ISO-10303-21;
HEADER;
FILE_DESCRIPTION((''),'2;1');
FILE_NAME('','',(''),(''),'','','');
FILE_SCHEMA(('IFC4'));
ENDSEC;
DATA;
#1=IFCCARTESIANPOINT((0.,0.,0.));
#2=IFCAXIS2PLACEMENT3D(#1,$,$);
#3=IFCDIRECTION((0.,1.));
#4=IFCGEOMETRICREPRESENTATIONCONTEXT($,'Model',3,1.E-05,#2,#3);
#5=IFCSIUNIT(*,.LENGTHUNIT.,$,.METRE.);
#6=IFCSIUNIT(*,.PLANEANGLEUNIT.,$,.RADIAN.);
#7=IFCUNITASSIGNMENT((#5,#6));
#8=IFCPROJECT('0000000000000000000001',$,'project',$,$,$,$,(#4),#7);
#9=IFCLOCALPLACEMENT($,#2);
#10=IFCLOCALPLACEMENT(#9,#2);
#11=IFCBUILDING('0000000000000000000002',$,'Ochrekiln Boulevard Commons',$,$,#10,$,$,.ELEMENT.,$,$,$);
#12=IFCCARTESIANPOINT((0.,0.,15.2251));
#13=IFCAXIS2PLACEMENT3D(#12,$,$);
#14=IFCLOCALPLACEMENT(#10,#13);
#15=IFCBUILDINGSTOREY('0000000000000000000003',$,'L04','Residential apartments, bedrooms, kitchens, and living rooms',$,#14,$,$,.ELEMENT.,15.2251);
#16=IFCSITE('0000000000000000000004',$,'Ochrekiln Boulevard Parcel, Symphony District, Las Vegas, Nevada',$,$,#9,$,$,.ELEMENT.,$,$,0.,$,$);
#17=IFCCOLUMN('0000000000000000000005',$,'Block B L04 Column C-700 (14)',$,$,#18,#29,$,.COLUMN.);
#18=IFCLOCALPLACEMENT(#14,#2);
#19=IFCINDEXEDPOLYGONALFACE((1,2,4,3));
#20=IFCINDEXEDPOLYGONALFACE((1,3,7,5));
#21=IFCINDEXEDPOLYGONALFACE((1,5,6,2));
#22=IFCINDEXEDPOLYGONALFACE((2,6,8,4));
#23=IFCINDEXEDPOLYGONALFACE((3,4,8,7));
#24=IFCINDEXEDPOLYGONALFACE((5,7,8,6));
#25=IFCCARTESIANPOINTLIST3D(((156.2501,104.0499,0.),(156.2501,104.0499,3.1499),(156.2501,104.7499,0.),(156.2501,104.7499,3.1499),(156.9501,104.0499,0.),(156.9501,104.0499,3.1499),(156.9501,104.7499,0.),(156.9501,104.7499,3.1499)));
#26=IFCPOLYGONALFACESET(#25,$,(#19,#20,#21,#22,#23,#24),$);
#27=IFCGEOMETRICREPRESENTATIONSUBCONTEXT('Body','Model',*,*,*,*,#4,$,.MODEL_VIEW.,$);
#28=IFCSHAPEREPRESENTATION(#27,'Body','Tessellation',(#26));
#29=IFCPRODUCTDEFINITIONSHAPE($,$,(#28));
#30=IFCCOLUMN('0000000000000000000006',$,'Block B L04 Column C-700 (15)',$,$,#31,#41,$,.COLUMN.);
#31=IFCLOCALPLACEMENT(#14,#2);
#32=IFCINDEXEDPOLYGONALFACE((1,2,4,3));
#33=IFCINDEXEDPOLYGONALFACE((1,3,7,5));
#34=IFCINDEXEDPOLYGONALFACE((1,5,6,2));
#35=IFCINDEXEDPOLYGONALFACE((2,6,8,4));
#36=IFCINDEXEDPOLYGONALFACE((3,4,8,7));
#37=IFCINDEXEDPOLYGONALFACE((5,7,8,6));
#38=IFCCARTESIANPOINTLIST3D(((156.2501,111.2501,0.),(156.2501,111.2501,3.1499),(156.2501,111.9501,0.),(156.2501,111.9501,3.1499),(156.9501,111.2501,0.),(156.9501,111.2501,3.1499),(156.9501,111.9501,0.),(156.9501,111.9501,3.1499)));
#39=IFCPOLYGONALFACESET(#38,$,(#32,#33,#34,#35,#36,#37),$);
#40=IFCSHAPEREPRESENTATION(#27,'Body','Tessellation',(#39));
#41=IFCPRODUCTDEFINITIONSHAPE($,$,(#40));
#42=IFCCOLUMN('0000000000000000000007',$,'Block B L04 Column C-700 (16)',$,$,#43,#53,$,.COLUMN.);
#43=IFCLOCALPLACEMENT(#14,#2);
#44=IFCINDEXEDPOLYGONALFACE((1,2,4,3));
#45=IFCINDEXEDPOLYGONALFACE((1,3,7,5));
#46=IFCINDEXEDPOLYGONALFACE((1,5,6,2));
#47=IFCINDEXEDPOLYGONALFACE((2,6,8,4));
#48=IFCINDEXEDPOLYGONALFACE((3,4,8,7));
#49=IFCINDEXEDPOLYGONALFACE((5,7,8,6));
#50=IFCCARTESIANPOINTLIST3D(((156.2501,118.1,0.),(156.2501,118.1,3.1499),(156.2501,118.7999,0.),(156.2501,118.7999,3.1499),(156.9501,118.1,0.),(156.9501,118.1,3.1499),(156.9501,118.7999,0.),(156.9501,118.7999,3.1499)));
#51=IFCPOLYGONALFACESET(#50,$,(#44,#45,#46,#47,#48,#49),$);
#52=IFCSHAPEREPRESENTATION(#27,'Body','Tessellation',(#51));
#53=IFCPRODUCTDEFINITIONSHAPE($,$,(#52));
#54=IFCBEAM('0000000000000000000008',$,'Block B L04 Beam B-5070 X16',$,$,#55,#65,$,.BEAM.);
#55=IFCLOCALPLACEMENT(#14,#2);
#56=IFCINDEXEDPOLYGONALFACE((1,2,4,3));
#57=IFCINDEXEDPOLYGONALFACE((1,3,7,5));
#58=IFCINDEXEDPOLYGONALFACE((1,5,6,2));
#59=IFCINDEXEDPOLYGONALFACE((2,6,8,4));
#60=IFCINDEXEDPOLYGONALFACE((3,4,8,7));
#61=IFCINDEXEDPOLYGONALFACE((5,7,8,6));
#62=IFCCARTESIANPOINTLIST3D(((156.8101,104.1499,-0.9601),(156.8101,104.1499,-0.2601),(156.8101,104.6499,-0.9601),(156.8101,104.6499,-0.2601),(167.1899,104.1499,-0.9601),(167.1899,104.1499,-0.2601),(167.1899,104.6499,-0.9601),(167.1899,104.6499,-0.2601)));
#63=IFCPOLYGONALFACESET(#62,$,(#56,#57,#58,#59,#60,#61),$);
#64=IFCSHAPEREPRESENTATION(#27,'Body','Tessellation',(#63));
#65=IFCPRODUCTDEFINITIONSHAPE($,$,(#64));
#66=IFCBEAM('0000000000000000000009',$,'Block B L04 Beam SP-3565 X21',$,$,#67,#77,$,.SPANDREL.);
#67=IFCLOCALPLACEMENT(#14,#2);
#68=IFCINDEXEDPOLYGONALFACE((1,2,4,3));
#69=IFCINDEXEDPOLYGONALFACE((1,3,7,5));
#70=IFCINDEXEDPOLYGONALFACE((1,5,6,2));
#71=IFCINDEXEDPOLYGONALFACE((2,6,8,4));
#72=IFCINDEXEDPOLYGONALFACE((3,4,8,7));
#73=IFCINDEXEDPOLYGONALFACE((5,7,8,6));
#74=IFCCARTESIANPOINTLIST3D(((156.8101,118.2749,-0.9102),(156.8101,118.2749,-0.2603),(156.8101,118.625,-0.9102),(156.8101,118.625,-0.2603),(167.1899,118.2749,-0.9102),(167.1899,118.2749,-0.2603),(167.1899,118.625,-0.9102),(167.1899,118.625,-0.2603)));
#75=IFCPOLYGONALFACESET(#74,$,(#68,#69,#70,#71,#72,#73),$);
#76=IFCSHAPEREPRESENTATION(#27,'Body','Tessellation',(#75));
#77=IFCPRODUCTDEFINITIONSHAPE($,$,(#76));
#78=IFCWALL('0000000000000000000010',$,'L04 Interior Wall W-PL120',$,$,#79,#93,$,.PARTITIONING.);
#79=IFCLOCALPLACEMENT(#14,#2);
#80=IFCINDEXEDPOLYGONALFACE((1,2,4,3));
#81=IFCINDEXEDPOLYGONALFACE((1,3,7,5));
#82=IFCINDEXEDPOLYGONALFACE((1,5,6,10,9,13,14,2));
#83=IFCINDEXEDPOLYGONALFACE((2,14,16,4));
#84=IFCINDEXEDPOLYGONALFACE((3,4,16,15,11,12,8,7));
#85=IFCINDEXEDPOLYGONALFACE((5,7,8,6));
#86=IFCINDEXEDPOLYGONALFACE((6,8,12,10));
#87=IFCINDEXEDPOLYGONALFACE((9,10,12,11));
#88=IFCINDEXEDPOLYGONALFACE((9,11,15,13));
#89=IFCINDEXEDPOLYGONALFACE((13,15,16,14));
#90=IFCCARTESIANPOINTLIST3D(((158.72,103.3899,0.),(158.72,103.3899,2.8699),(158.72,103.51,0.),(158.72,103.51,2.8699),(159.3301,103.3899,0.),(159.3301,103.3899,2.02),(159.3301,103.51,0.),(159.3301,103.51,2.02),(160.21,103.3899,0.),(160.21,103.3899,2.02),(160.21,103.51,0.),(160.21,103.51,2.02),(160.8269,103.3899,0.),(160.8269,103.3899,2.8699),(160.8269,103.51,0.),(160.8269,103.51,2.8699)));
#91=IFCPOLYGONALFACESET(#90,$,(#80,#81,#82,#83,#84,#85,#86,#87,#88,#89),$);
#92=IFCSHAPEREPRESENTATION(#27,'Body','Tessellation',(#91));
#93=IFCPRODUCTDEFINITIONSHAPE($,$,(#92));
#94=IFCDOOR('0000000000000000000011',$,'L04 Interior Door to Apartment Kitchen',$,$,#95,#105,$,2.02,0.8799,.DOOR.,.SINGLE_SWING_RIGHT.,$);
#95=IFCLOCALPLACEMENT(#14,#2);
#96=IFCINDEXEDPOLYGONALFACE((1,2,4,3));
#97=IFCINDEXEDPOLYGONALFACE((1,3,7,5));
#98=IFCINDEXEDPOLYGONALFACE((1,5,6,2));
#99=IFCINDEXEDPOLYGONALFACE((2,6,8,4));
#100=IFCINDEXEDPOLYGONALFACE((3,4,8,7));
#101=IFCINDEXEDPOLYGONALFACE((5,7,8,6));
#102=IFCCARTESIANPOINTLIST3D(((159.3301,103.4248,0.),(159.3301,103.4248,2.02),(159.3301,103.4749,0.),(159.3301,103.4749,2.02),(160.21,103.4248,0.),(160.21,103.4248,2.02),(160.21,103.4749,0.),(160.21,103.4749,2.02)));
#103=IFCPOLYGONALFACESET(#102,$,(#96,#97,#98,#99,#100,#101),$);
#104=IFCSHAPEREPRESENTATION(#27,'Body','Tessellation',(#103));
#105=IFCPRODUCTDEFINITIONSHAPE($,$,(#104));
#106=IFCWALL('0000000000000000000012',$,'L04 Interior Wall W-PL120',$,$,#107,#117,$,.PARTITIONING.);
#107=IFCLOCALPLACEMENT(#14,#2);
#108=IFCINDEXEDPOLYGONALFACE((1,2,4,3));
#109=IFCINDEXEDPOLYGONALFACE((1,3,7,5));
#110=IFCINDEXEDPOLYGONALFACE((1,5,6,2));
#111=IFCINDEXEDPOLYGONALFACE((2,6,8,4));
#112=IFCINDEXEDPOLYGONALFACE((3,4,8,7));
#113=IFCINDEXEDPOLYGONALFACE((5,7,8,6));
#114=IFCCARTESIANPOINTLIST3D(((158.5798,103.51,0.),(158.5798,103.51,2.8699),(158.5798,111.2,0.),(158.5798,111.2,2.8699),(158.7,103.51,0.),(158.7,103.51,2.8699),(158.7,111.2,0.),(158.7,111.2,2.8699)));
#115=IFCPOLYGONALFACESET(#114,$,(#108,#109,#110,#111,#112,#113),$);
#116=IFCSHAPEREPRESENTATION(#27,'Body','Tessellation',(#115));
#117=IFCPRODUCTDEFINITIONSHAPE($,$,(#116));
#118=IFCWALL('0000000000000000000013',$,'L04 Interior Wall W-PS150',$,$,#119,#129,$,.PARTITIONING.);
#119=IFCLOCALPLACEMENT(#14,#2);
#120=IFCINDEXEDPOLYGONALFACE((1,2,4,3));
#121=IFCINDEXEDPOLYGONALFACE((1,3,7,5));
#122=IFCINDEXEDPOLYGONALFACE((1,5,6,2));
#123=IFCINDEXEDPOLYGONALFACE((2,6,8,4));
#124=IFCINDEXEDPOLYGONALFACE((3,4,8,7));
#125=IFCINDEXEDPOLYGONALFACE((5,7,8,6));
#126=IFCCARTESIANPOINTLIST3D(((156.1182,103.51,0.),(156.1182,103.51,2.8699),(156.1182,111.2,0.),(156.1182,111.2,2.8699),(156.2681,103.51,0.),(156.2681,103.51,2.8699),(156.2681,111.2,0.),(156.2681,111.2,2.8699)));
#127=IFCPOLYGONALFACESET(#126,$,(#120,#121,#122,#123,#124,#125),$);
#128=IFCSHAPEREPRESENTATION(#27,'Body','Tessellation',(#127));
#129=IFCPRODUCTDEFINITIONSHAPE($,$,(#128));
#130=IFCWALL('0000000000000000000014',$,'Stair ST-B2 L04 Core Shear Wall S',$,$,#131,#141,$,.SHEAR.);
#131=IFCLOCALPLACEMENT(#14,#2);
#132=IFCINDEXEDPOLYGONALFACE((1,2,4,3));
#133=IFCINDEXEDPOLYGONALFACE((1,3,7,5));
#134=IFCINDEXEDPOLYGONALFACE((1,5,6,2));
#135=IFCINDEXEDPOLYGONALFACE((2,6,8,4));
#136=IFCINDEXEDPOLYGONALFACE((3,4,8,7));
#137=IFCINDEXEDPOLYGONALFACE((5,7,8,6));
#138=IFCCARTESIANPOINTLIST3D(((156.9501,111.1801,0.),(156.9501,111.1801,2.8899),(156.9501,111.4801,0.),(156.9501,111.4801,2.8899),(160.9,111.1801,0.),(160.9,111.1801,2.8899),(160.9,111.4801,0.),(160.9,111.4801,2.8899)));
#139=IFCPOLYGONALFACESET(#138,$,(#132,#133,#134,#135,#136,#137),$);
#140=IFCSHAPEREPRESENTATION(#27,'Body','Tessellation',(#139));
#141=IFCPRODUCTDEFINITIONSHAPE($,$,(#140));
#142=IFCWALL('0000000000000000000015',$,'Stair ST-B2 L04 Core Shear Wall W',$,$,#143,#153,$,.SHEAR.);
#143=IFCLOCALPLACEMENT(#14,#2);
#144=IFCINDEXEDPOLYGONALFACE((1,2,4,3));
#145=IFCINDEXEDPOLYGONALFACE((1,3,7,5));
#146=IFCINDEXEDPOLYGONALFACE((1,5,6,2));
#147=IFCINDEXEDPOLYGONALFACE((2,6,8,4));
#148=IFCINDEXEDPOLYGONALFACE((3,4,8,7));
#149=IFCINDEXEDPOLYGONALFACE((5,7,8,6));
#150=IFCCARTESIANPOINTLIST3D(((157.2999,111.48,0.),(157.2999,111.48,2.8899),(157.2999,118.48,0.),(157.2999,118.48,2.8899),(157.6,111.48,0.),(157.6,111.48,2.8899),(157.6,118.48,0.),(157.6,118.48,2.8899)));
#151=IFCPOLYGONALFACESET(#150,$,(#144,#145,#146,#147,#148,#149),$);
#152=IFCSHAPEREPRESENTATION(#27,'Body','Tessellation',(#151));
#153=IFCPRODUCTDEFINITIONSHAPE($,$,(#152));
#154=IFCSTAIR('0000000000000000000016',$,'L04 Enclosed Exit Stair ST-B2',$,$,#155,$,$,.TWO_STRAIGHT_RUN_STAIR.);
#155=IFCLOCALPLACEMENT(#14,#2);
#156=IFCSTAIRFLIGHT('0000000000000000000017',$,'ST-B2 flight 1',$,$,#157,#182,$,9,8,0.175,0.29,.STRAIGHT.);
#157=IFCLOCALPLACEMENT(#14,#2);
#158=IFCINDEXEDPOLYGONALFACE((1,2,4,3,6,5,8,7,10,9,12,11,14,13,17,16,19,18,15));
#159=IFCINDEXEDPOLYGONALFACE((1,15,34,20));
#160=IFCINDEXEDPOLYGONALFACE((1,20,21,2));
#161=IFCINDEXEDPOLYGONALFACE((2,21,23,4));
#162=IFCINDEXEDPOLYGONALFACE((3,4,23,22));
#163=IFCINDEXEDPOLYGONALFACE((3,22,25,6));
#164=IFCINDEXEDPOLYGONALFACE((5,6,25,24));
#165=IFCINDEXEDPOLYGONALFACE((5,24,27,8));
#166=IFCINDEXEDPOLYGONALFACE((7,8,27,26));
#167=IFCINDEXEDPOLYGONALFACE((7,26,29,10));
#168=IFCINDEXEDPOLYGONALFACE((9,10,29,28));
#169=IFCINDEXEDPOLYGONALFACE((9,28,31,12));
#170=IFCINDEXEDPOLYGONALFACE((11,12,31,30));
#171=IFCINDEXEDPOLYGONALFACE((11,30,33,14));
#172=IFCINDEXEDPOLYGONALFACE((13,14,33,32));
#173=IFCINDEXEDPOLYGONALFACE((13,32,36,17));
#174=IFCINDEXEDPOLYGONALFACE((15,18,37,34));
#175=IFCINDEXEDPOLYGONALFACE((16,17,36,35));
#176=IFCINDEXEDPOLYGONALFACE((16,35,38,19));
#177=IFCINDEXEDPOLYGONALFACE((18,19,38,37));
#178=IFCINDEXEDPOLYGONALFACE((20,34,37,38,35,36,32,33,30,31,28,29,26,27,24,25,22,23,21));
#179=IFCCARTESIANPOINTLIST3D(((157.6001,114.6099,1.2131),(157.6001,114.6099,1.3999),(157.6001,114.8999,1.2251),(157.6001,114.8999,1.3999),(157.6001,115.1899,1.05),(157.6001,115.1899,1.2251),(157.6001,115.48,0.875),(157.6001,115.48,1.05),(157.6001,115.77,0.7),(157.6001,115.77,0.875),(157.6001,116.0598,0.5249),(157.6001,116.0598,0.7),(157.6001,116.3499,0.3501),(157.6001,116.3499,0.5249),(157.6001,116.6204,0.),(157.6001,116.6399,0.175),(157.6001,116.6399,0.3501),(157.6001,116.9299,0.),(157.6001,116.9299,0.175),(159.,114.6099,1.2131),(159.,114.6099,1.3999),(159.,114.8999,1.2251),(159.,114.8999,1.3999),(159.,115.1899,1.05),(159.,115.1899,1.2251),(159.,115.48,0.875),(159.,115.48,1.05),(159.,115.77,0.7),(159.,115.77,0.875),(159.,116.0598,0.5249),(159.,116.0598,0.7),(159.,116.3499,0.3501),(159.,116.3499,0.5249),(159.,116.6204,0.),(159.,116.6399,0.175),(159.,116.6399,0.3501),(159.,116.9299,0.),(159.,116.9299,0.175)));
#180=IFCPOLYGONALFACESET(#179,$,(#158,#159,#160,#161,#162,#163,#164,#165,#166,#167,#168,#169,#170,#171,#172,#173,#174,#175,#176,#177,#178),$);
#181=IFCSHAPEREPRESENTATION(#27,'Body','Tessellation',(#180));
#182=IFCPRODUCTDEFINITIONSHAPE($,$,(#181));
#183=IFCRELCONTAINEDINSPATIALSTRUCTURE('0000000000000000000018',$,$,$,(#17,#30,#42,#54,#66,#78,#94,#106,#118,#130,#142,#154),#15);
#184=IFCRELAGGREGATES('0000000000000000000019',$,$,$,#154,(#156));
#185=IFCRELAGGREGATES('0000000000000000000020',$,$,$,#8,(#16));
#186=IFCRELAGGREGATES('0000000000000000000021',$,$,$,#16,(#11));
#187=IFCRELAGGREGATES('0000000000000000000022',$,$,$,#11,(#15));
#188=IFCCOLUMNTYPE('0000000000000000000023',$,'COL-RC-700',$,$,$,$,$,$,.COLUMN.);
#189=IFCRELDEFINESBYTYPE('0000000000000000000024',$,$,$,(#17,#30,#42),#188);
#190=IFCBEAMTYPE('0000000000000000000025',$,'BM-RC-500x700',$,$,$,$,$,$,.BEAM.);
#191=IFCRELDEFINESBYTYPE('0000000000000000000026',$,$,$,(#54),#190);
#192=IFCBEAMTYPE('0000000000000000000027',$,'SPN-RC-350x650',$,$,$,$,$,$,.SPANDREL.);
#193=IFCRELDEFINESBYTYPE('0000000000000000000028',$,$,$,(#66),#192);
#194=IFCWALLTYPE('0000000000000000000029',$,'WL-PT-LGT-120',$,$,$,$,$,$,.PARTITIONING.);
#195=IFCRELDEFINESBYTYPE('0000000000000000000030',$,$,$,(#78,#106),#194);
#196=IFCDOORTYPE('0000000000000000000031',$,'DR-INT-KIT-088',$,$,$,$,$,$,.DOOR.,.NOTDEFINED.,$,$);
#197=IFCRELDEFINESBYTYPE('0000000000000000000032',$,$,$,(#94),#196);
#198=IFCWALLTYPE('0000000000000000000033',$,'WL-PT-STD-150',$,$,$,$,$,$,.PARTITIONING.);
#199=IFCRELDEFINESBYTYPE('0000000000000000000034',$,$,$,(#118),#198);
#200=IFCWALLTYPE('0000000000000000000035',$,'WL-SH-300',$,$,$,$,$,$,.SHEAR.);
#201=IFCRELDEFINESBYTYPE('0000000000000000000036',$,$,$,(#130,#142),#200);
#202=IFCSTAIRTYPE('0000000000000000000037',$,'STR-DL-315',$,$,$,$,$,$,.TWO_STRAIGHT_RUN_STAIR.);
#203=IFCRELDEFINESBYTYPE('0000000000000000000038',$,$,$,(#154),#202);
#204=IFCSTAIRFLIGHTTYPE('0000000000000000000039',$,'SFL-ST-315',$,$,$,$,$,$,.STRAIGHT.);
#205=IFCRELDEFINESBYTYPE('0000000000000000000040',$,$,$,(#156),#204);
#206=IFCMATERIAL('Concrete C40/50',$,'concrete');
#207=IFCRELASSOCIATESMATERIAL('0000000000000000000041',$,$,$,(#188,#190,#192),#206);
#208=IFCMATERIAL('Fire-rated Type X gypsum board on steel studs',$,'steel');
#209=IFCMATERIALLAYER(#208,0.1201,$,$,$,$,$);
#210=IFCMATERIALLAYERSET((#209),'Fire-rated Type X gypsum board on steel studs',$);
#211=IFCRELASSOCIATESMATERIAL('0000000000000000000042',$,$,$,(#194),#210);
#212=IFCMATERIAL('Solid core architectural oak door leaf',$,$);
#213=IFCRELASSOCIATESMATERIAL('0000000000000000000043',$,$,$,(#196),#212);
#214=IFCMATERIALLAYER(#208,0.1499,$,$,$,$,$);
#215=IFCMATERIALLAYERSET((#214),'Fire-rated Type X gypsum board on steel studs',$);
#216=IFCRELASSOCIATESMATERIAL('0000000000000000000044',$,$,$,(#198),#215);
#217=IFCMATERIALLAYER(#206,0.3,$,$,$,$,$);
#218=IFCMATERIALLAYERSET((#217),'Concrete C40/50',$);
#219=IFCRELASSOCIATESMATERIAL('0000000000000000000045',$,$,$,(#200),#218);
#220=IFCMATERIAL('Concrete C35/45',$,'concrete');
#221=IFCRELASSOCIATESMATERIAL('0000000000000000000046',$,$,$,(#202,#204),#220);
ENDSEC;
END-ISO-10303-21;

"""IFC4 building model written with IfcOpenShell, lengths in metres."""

from ifc_helpers import new_model, si_unit, direction, frame, frame_2d, origin, origin_2d, place, context, subcontext, project, spatial, polyline, rectangle, outline, extrude, material, layer, layer_set, material_profile, profile_set, type_object, element, fill, aggregate, save


model = new_model("IFC4")

# Units and contexts
model_context = context("Model", 3, precision=1e-05, world=origin(), true_north=direction((0.0, 1.0)))
body_context = subcontext(model_context, "Body", "Model", "MODEL_VIEW")
ifc_project = project(units=[si_unit("LENGTHUNIT", "METRE"), si_unit("PLANEANGLEUNIT", "RADIAN")], contexts=[model_context])

# Site, building, storey
site_placement = place(None, origin())
site = spatial("IfcSite", under=ifc_project, at=site_placement, Name="Ochrekiln Boulevard Parcel, Symphony District, Las Vegas, Nevada", CompositionType="ELEMENT", RefElevation=0.0)
building_placement = place(site_placement, origin())
building = spatial("IfcBuilding", under=site, at=building_placement, Name="Ochrekiln Boulevard Commons", CompositionType="ELEMENT")
storey_placement = place(building_placement, frame((0.0, 0.0, 15.2251)))
storey = spatial("IfcBuildingStorey", under=building, at=storey_placement, Name="L04", Description="Residential apartments, bedrooms, kitchens, and living rooms", CompositionType="ELEMENT", Elevation=15.2251)

# Columns
ifc_material_1 = material(Name="Concrete C40/50", Category="concrete")
ifc_material_profile_1 = material_profile(ifc_material_1, rectangle(XDim=0.7, YDim=0.7, at=origin_2d()), Name="RC-COL-700x700")
ifc_profile_set_1 = profile_set([ifc_material_profile_1], Name="Concrete C40/50")
column_type = type_object("IfcColumnType", Name="COL-RC-700", PredefinedType="COLUMN", material=ifc_profile_set_1)
for number, where, z_axis, x_axis, name in (
    (1, (156.6001, 104.3999, 0.0), (0.0, 0.0, 1.0), (1.0, 0.0, 0.0), "Block B L04 Column C-700 (14)"),
    (2, (156.6001, 111.6001, 0.0), (0.0, 0.0, 1.0), (1.0, 0.0, 0.0), "Block B L04 Column C-700 (15)"),
    (3, (156.6001, 118.45, 0.0), (0.0, 0.0, 1.0), (1.0, 0.0, 0.0), "Block B L04 Column C-700 (16)"),
):
    element("IfcColumn", number, at=place(storey_placement, frame(where, z_axis=z_axis, x_axis=x_axis)), inside=storey, type_object=column_type, Name=name, PredefinedType="COLUMN", context=body_context, shape_type="SweptSolid", body=[
        extrude(rectangle(XDim=0.7, YDim=0.7, at=origin_2d()), origin(), (0.0, 0.0, 1.0), 3.1499),
    ])

# Beams
ifc_material_profile_2 = material_profile(ifc_material_1, rectangle(XDim=0.5, YDim=0.7, at=origin_2d()), Name="RC-BM-500x700")
ifc_profile_set_2 = profile_set([ifc_material_profile_2], Name="Concrete C40/50")
beam_type_1 = type_object("IfcBeamType", Name="BM-RC-500x700", PredefinedType="BEAM", material=ifc_profile_set_2)
beam_1_placement = place(storey_placement, frame((156.8101, 104.3999, -0.6101), z_axis=(1.0, 0.0, 0.0), x_axis=(0.0, 1.0, 0.0)))
element("IfcBeam", 4, at=beam_1_placement, inside=storey, type_object=beam_type_1, Name="Block B L04 Beam B-5070 X16", PredefinedType="BEAM", context=body_context, shape_type="SweptSolid", body=[
    extrude(rectangle(XDim=0.5, YDim=0.7, at=origin_2d()), origin(), (0.0, 0.0, 1.0), 10.3799),
])
ifc_material_profile_3 = material_profile(ifc_material_1, rectangle(XDim=0.3501, YDim=0.6499, at=origin_2d()), Name="RC-SPN-350x650")
ifc_profile_set_3 = profile_set([ifc_material_profile_3], Name="Concrete C40/50")
beam_type_2 = type_object("IfcBeamType", Name="SPN-RC-350x650", PredefinedType="SPANDREL", material=ifc_profile_set_3)
beam_2_placement = place(storey_placement, frame((156.8101, 118.45, -0.5852), z_axis=(1.0, 0.0, 0.0), x_axis=(0.0, 1.0, 0.0)))
element("IfcBeam", 5, at=beam_2_placement, inside=storey, type_object=beam_type_2, Name="Block B L04 Beam SP-3565 X21", PredefinedType="SPANDREL", context=body_context, shape_type="SweptSolid", body=[
    extrude(rectangle(XDim=0.3501, YDim=0.6499, at=origin_2d()), origin(), (0.0, 0.0, 1.0), 10.3799),
])

# Wall, opening, door
ifc_material_2 = material(Name="Fire-rated Type X gypsum board on steel studs", Category="steel")
ifc_layer_1 = layer(ifc_material_2, 0.1201)
ifc_layer_set_1 = layer_set([ifc_layer_1], Name="Fire-rated Type X gypsum board on steel studs")
wall_type_1 = type_object("IfcWallType", Name="WL-PT-LGT-120", PredefinedType="PARTITIONING", material=ifc_layer_set_1)
wall_1_placement = place(storey_placement, frame((158.72, 103.45, 0.0), z_axis=(0.0, 0.0, 1.0), x_axis=(1.0, 0.0, 0.0)))
wall_1 = element("IfcWall", 6, at=wall_1_placement, inside=storey, type_object=wall_type_1, Name="L04 Interior Wall W-PL120", PredefinedType="PARTITIONING", context=body_context, shape_type="SweptSolid", body=[
    extrude(rectangle(XDim=2.1069, YDim=0.1201, at=frame_2d((1.0535, 0.0))), origin(), (0.0, 0.0, 1.0), 2.8699),
])
opening_placement = place(wall_1_placement, frame((0.6101, 0.0, 0.0)))
opening = element("IfcOpeningElement", 7, at=opening_placement, cuts=wall_1, PredefinedType="OPENING", context=body_context, shape_type="SweptSolid", body=[
    extrude(rectangle(XDim=0.8799, YDim=2.02, at=frame_2d((0.4399, 1.01))), frame((0.0, 0.0701, 0.0), z_axis=(0.0, -1.0, 0.0), x_axis=(1.0, 0.0, 0.0)), (0.0, 0.0, 1.0), 0.1401),
])
ifc_material_3 = material(Name="Solid core architectural oak door leaf")
door_type = type_object("IfcDoorType", Name="DR-INT-KIT-088", OperationType="NOTDEFINED", PredefinedType="DOOR", material=ifc_material_3)
door_placement = place(opening_placement, origin())
door = element("IfcDoor", 8, at=door_placement, inside=storey, type_object=door_type, Name="L04 Interior Door to Apartment Kitchen", OperationType="SINGLE_SWING_RIGHT", OverallHeight=2.02, OverallWidth=0.8799, PredefinedType="DOOR", context=body_context, shape_type="SweptSolid", body=[
    extrude(rectangle(XDim=0.8799, YDim=2.02, at=frame_2d((0.4399, 1.01))), frame((0.0, 0.0249, 0.0), z_axis=(0.0, -1.0, 0.0), x_axis=(1.0, 0.0, 0.0)), (0.0, 0.0, 1.0), 0.05),
])
fill(opening, door)

# Walls
wall_2_placement = place(storey_placement, frame((158.6399, 103.51, 0.0), z_axis=(0.0, 0.0, 1.0), x_axis=(0.0, 1.0, 0.0)))
element("IfcWall", 9, at=wall_2_placement, inside=storey, type_object=wall_type_1, Name="L04 Interior Wall W-PL120", PredefinedType="PARTITIONING", context=body_context, shape_type="SweptSolid", body=[
    extrude(rectangle(XDim=7.6899, YDim=0.1201, at=frame_2d((3.845, 0.0))), origin(), (0.0, 0.0, 1.0), 2.8699),
])
ifc_layer_2 = layer(ifc_material_2, 0.1499)
ifc_layer_set_2 = layer_set([ifc_layer_2], Name="Fire-rated Type X gypsum board on steel studs")
wall_type_2 = type_object("IfcWallType", Name="WL-PT-STD-150", PredefinedType="PARTITIONING", material=ifc_layer_set_2)
wall_3_placement = place(storey_placement, frame((156.1931, 103.51, 0.0), z_axis=(0.0, 0.0, 1.0), x_axis=(0.0, 1.0, 0.0)))
element("IfcWall", 10, at=wall_3_placement, inside=storey, type_object=wall_type_2, Name="L04 Interior Wall W-PS150", PredefinedType="PARTITIONING", context=body_context, shape_type="SweptSolid", body=[
    extrude(rectangle(XDim=7.6899, YDim=0.1499, at=frame_2d((3.845, 0.0))), origin(), (0.0, 0.0, 1.0), 2.8699),
])
ifc_layer_3 = layer(ifc_material_1, 0.3)
ifc_layer_set_3 = layer_set([ifc_layer_3], Name="Concrete C40/50")
wall_type_3 = type_object("IfcWallType", Name="WL-SH-300", PredefinedType="SHEAR", material=ifc_layer_set_3)
wall_4_placement = place(storey_placement, frame((156.95, 111.3301, 0.0), z_axis=(0.0, 0.0, 1.0), x_axis=(1.0, 0.0, 0.0)))
element("IfcWall", 11, at=wall_4_placement, inside=storey, type_object=wall_type_3, Name="Stair ST-B2 L04 Core Shear Wall S", PredefinedType="SHEAR", context=body_context, shape_type="SweptSolid", body=[
    extrude(rectangle(XDim=3.95, YDim=0.3, at=frame_2d((1.9751, 0.0))), origin(), (0.0, 0.0, 1.0), 2.8899),
])
wall_5_placement = place(storey_placement, frame((157.45, 111.48, 0.0), z_axis=(0.0, 0.0, 1.0), x_axis=(0.0, 1.0, 0.0)))
element("IfcWall", 12, at=wall_5_placement, inside=storey, type_object=wall_type_3, Name="Stair ST-B2 L04 Core Shear Wall W", PredefinedType="SHEAR", context=body_context, shape_type="SweptSolid", body=[
    extrude(rectangle(XDim=7.0, YDim=0.3, at=frame_2d((3.5, 0.0))), origin(), (0.0, 0.0, 1.0), 2.8899),
])

# Stair, stair flight
ifc_material_4 = material(Name="Concrete C35/45", Category="concrete")
stair_type = type_object("IfcStairType", Name="STR-DL-315", PredefinedType="TWO_STRAIGHT_RUN_STAIR", material=ifc_material_4)
stair_placement = place(storey_placement, origin())
stair = element("IfcStair", 13, at=stair_placement, inside=storey, type_object=stair_type, Name="L04 Enclosed Exit Stair ST-B2", PredefinedType="TWO_STRAIGHT_RUN_STAIR")
stair_flight_type = type_object("IfcStairFlightType", Name="SFL-ST-315", PredefinedType="STRAIGHT", material=ifc_material_4)
stair_flight_placement = place(storey_placement, frame((158.3, 116.9299, 0.0), z_axis=(0.0, 0.0, 1.0), x_axis=(0.0, -1.0, 0.0)))
stair_flight = element("IfcStairFlight", 14, at=stair_flight_placement, type_object=stair_flight_type, Name="ST-B2 flight 1", NumberOfRisers=9, NumberOfTreads=8, PredefinedType="STRAIGHT", RiserHeight=0.175, TreadLength=0.29, context=body_context, shape_type="SweptSolid", body=[
    extrude(outline(polyline([(0.0, 0.0), (0.0, 0.175), (0.29, 0.175), (0.29, 0.3501), (0.5801, 0.3501), (0.5801, 0.5249), (0.8701, 0.5249), (0.8701, 0.7), (1.1599, 0.7), (1.1599, 0.875), (1.45, 0.875), (1.45, 1.05), (1.74, 1.05), (1.74, 1.2251), (2.03, 1.2251), (2.03, 1.3999), (2.3201, 1.3999), (2.3201, 1.575), (2.3201, 1.2131), (0.3096, 0.0), (0.0, 0.0)])), frame((0.0, 0.7, 0.0), z_axis=(0.0, -1.0, 0.0), x_axis=(1.0, 0.0, 0.0)), (0.0, 0.0, 1.0), 1.3999),
])
aggregate(stair, [stair_flight])

save(model, "model.ifc")
